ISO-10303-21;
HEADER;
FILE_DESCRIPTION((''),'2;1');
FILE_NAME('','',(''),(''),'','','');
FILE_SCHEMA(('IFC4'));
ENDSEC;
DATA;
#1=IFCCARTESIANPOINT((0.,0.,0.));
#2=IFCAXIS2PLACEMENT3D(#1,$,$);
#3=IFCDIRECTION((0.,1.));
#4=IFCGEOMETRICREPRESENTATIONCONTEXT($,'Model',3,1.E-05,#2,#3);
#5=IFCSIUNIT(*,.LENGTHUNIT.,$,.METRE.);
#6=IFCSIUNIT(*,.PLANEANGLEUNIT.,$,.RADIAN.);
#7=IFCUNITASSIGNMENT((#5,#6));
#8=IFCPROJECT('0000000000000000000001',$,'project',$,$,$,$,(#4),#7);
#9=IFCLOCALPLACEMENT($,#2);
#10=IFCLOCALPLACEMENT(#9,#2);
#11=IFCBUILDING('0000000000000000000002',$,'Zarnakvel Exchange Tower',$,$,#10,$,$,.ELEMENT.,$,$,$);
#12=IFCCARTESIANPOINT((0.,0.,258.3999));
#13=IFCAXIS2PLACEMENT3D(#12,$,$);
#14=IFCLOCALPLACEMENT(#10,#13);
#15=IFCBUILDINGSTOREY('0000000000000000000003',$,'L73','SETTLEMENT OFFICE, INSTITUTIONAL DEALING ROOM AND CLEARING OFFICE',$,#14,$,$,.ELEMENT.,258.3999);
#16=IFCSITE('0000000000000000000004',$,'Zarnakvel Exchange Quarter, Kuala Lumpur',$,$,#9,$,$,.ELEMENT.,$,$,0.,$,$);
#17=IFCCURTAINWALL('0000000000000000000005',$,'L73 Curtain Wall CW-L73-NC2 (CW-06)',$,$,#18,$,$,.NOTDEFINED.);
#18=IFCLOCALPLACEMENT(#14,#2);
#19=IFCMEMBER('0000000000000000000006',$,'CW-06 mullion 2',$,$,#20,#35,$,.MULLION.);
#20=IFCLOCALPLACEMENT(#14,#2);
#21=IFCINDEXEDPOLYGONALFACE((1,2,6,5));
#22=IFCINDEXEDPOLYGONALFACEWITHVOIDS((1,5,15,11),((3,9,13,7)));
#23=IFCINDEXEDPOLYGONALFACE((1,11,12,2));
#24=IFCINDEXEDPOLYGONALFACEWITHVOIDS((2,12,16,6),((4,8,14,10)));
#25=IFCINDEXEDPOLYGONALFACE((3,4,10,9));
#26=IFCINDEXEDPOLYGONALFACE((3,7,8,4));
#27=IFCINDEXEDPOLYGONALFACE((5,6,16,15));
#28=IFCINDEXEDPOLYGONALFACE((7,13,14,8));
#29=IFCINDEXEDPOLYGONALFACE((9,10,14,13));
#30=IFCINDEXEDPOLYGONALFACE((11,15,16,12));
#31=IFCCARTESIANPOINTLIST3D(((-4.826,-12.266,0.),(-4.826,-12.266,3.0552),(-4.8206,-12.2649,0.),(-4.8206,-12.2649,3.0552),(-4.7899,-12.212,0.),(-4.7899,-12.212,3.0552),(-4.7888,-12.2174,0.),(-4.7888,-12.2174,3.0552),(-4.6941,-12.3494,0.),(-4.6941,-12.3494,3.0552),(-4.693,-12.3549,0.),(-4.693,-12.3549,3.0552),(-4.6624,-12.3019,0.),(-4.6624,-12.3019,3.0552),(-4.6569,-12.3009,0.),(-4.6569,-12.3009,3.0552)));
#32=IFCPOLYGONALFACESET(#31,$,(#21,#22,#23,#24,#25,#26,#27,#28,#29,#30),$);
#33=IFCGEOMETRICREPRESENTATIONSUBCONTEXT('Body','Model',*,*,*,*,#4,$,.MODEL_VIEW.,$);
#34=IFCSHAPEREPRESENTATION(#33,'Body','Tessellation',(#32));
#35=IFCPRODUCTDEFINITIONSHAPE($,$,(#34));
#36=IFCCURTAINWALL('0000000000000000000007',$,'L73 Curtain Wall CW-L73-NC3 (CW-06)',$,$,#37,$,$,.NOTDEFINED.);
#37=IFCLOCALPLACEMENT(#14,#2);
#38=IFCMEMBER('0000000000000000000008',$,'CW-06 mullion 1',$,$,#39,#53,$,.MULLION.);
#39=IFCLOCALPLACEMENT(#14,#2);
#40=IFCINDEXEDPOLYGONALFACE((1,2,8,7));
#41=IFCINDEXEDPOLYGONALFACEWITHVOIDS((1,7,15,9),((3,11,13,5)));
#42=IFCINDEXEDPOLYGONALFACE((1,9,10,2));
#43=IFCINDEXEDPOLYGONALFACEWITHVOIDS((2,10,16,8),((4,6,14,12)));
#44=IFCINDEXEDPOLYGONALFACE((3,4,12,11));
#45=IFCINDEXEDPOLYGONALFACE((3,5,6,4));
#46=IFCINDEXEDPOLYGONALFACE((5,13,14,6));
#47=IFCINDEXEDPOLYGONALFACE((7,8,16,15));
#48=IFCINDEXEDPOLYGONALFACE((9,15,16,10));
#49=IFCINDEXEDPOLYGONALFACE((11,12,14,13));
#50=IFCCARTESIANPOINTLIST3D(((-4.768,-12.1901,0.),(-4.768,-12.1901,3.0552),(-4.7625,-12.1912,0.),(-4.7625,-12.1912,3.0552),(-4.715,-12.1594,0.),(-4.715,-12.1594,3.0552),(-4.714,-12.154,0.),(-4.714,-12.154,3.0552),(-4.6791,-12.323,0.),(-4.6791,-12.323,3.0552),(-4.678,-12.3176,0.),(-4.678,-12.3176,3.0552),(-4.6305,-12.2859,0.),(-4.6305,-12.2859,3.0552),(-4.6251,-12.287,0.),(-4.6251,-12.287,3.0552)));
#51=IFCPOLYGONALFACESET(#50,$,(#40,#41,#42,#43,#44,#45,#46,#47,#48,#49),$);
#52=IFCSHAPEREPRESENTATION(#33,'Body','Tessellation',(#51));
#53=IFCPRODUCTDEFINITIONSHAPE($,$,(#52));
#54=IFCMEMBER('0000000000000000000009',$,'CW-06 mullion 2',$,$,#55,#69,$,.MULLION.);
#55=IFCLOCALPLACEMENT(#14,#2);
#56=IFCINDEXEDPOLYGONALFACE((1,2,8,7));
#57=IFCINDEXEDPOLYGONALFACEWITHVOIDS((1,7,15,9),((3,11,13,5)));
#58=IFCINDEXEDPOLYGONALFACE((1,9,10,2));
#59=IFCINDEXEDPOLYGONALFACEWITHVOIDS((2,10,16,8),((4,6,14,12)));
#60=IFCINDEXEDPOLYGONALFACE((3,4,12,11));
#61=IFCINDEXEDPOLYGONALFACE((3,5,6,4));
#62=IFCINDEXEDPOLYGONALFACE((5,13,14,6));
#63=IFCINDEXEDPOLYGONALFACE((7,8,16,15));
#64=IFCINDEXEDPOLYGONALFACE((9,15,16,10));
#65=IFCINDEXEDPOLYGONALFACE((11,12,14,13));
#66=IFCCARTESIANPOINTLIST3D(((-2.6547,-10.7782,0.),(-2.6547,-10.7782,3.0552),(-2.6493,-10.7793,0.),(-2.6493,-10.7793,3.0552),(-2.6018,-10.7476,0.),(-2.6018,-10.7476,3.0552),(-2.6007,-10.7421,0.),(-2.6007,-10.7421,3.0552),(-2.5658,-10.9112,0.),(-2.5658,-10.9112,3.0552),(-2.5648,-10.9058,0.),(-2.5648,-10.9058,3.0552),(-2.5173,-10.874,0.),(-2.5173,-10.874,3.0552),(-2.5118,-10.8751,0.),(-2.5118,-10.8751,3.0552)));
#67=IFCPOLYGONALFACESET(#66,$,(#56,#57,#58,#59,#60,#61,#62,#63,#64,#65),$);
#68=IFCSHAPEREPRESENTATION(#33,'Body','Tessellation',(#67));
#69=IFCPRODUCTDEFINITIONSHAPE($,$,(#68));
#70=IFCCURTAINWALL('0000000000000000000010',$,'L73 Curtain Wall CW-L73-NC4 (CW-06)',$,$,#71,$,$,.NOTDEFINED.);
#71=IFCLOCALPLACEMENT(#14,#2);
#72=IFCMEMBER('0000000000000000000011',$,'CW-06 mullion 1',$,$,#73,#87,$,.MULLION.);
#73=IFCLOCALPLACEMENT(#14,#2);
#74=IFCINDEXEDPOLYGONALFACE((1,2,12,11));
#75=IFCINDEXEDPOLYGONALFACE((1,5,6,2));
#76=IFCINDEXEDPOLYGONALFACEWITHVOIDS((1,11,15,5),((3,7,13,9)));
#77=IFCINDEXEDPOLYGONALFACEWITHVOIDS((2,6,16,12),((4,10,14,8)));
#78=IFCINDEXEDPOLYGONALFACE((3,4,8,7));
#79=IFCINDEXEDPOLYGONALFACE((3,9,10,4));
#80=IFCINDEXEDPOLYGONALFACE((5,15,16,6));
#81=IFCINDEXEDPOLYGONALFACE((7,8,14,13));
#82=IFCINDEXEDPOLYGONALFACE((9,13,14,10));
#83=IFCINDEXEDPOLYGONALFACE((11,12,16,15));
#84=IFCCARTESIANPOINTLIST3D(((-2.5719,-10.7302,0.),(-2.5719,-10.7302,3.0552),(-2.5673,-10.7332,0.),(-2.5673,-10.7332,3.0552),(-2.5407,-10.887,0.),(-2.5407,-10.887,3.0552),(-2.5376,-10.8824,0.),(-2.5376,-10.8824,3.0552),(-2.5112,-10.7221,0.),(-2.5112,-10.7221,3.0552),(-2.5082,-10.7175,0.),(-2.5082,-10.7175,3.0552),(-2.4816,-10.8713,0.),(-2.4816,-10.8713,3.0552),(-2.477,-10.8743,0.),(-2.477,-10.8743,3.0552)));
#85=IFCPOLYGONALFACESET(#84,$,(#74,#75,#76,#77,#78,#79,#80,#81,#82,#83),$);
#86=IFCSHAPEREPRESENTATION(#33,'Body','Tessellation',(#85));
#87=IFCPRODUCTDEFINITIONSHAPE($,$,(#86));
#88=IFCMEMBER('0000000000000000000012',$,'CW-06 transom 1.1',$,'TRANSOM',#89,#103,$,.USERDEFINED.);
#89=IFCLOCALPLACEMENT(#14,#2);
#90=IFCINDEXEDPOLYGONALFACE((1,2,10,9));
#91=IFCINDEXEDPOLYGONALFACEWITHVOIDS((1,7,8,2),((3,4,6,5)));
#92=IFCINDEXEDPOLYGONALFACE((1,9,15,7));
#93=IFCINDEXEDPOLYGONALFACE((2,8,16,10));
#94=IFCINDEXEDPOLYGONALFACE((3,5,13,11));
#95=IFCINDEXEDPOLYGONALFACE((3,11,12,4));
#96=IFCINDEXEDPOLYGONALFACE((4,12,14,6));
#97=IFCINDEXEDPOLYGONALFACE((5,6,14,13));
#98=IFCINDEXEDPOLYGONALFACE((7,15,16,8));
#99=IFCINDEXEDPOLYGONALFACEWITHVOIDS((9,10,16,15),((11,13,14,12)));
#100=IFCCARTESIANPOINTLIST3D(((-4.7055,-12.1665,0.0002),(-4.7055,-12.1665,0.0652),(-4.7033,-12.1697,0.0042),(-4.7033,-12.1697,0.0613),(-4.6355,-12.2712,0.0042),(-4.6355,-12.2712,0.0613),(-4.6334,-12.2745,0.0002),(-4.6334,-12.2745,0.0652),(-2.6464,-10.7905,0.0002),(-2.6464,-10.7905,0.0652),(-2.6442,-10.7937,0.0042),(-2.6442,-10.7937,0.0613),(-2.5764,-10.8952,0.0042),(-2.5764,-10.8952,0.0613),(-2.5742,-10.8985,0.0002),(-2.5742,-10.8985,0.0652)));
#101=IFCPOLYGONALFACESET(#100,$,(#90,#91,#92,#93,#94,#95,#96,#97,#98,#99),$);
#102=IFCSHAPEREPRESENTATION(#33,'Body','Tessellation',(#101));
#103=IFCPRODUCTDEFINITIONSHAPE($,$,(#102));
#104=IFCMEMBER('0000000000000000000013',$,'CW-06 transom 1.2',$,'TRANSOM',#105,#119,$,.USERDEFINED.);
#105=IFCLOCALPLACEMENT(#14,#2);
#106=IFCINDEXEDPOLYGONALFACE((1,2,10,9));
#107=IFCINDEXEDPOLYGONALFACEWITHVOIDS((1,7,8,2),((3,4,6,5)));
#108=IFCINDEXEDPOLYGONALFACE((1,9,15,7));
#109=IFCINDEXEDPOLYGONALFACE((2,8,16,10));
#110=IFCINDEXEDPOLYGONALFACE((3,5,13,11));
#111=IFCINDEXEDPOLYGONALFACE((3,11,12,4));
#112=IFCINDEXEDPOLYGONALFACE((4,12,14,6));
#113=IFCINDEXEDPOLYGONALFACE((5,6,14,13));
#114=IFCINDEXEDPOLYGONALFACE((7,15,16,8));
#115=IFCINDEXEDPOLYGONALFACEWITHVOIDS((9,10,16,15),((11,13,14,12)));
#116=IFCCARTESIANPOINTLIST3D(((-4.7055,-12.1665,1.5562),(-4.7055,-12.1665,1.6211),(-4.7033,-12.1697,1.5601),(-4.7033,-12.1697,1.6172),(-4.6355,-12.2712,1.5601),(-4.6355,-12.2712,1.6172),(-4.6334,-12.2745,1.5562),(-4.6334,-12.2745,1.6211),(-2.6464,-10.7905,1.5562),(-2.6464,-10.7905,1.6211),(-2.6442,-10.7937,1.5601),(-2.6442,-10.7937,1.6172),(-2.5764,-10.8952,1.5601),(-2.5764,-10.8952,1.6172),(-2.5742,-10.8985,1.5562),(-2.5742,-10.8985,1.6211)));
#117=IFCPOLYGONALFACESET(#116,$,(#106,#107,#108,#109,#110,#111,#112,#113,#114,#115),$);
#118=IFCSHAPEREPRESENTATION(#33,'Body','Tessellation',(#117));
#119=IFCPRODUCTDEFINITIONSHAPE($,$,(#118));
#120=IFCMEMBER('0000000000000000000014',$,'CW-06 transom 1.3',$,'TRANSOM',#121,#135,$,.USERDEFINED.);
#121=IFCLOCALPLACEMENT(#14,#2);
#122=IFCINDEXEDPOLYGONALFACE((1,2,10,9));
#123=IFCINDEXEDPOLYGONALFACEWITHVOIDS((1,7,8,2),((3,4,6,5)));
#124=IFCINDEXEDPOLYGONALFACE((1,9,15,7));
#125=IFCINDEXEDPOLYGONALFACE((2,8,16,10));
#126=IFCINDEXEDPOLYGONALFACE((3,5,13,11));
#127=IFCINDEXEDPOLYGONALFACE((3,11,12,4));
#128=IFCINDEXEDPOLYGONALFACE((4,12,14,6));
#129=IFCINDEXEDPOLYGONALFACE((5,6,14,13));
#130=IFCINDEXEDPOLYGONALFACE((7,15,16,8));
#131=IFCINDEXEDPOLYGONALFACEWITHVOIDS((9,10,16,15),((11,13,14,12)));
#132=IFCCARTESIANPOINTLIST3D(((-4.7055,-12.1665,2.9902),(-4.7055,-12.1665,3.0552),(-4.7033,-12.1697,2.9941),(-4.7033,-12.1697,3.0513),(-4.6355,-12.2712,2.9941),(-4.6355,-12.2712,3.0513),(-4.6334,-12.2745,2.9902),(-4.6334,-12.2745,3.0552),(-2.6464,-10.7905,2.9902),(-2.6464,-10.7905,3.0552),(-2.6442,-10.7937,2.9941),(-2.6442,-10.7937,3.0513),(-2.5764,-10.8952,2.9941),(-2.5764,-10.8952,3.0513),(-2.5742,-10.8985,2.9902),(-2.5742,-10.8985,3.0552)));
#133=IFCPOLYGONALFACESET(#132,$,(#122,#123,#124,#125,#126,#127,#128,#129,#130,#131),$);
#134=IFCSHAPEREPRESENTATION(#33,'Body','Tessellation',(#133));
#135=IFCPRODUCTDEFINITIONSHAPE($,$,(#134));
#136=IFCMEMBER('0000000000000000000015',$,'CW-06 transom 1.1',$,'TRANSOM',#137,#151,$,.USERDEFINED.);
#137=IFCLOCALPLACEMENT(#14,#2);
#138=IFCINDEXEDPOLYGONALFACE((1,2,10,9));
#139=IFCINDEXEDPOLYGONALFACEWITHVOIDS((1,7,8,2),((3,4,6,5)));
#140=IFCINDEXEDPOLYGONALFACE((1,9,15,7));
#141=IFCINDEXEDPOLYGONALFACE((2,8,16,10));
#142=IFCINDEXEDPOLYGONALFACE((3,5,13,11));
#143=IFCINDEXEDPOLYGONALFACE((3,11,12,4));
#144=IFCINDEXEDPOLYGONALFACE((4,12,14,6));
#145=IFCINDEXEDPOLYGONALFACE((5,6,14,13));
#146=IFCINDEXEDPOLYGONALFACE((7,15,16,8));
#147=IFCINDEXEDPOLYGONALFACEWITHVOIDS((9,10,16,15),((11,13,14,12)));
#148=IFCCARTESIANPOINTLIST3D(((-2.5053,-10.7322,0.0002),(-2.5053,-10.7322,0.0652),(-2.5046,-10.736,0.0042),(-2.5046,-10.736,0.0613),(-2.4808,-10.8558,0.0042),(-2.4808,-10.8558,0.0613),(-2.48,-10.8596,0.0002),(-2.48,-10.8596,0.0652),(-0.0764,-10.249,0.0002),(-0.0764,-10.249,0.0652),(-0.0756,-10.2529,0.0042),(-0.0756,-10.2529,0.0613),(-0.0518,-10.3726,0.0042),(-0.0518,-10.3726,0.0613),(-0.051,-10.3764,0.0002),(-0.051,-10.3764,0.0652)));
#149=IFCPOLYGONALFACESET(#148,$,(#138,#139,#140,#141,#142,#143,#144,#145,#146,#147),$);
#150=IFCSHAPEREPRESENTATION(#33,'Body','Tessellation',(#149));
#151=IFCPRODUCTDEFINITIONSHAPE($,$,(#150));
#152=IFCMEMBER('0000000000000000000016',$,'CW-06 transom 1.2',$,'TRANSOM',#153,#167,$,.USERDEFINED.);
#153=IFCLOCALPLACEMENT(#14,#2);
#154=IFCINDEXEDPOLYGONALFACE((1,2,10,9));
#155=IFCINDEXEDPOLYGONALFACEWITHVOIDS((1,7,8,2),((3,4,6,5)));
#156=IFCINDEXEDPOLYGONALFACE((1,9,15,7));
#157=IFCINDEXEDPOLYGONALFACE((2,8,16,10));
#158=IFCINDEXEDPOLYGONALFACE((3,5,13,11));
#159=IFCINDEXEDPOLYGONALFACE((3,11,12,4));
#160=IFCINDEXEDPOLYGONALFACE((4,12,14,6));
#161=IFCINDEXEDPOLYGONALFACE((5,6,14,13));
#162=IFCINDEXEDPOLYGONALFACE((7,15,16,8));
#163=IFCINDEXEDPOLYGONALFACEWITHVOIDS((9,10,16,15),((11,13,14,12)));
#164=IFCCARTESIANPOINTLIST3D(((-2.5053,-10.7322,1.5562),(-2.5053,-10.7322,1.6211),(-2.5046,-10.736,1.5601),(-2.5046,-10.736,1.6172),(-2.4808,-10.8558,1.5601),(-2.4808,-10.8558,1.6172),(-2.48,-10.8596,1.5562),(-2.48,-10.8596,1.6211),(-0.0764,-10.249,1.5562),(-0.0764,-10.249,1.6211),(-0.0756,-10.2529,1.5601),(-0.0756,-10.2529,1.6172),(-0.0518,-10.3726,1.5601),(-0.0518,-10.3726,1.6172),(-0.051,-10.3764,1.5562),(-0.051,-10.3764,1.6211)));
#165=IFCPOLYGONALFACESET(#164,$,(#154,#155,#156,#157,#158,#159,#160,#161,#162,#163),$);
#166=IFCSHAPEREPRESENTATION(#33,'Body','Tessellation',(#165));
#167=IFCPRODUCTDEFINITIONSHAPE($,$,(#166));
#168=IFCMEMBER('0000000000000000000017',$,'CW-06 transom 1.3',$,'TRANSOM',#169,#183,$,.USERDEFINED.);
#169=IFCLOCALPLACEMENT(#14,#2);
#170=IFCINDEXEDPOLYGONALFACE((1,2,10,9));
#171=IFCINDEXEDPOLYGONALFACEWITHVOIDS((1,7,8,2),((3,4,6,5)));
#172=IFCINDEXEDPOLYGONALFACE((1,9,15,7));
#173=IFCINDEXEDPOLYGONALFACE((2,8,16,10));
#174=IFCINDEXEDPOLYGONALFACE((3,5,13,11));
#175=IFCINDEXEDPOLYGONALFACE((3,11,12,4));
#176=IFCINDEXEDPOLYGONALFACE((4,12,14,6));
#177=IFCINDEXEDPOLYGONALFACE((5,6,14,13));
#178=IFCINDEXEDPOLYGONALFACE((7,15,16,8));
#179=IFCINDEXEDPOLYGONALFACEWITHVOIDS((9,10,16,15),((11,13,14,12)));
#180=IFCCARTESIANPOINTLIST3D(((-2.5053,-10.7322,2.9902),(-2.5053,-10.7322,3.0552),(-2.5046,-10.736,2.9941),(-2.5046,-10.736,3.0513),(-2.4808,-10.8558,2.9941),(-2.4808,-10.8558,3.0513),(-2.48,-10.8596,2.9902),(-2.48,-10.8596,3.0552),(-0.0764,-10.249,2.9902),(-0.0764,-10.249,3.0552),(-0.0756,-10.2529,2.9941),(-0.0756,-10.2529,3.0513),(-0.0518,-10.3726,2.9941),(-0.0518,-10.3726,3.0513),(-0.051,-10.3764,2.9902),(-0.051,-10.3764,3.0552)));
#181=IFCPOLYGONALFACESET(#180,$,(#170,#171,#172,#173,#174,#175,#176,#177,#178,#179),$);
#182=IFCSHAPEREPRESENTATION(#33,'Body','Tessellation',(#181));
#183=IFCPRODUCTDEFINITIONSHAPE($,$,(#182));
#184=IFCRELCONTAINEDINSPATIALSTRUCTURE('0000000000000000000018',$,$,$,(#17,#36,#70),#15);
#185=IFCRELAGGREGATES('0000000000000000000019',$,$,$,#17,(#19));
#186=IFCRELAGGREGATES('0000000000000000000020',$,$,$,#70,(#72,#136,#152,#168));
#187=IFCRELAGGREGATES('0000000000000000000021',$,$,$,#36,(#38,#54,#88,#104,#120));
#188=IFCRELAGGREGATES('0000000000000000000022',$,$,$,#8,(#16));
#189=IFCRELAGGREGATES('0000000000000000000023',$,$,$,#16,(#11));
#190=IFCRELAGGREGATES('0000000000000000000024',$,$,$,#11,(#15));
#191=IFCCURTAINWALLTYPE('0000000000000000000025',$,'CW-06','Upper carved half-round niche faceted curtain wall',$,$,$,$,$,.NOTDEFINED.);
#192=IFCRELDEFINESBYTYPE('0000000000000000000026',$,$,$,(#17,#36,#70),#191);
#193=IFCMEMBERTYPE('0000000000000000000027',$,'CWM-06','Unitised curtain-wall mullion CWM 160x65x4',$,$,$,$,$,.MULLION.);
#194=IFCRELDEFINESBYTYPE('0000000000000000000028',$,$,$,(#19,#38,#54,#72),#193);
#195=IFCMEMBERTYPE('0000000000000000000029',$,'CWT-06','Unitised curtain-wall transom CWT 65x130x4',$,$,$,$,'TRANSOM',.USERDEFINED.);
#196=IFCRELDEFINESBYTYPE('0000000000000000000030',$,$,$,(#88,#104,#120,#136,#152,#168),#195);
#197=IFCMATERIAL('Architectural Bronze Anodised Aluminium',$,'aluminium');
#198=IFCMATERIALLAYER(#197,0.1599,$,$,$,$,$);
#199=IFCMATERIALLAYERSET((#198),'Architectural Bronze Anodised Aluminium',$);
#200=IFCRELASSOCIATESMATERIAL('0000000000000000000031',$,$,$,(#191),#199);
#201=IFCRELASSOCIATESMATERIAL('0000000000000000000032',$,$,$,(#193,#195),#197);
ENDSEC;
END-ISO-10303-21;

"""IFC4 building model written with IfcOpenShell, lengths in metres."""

from ifc_helpers import new_model, si_unit, direction, frame, origin, origin_2d, place, context, subcontext, project, spatial, hollow_rectangle, extrude, source, transform, mapped, material, layer, layer_set, material_profile, profile_set, type_object, element, aggregate, save


model = new_model("IFC4")

# Units and contexts
model_context = context("Model", 3, precision=1e-05, world=origin(), true_north=direction((0.0, 1.0)))
body_context = subcontext(model_context, "Body", "Model", "MODEL_VIEW")
ifc_project = project(units=[si_unit("LENGTHUNIT", "METRE"), si_unit("PLANEANGLEUNIT", "RADIAN")], contexts=[model_context])

# Site, building, storey
site_placement = place(None, origin())
site = spatial("IfcSite", under=ifc_project, at=site_placement, Name="Zarnakvel Exchange Quarter, Kuala Lumpur", CompositionType="ELEMENT", RefElevation=0.0)
building_placement = place(site_placement, origin())
building = spatial("IfcBuilding", under=site, at=building_placement, Name="Zarnakvel Exchange Tower", CompositionType="ELEMENT")
storey_placement = place(building_placement, frame((0.0, 0.0, 258.3999)))
storey = spatial("IfcBuildingStorey", under=building, at=storey_placement, Name="L73", Description="SETTLEMENT OFFICE, INSTITUTIONAL DEALING ROOM AND CLEARING OFFICE", CompositionType="ELEMENT", Elevation=258.3999)

# Curtain wall, member
ifc_material_1 = material(Name="Architectural Bronze Anodised Aluminium", Category="aluminium")
ifc_layer_1 = layer(ifc_material_1, 0.1599)
ifc_layer_set_1 = layer_set([ifc_layer_1], Name="Architectural Bronze Anodised Aluminium")
curtain_wall_type = type_object("IfcCurtainWallType", Name="CW-06", Description="Upper carved half-round niche faceted curtain wall", PredefinedType="NOTDEFINED", material=ifc_layer_set_1)
curtain_wall_1_placement = place(storey_placement, origin())
curtain_wall_1 = element("IfcCurtainWall", 1, at=curtain_wall_1_placement, inside=storey, type_object=curtain_wall_type, Name="L73 Curtain Wall CW-L73-NC2 (CW-06)", PredefinedType="NOTDEFINED")
ifc_material_profile_1 = material_profile(ifc_material_1, hollow_rectangle(XDim=0.1599, YDim=0.0649, WallThickness=0.0039, at=origin_2d()))
ifc_profile_set_1 = profile_set([ifc_material_profile_1], Name="Architectural Bronze Anodised Aluminium")
member_type_1 = type_object("IfcMemberType", Name="CWM-06", Description="Unitised curtain-wall mullion CWM 160x65x4", PredefinedType="MULLION", material=ifc_profile_set_1)
shared_shape_1 = source(origin(), body_context, "Body", "SweptSolid", [
    extrude(hollow_rectangle(XDim=0.1599, YDim=0.0649, WallThickness=0.0039, at=origin_2d()), origin(), (0.0, 0.0, 1.0), 3.0552),
])
member_1_placement = place(storey_placement, frame((-4.7415, -12.2834, 0.0), z_axis=(0.0, 0.0, 1.0), x_axis=(-0.83147, 0.55557, 0.0)))
member_1 = element("IfcMember", 2, at=member_1_placement, type_object=member_type_1, Name="CW-06 mullion 2", PredefinedType="MULLION", context=body_context, shape_type="MappedRepresentation", body=[
    mapped(shared_shape_1, transform((0.0, 0.0, 0.0), x_axis=(1.0, 0.0, 0.0), y_axis=(0.0, 1.0, 0.0), z_axis=(0.0, 0.0, 1.0), scale=1.0)),
])
aggregate(curtain_wall_1, [member_1])

# Curtain wall, members
curtain_wall_2_placement = place(storey_placement, origin())
curtain_wall_2 = element("IfcCurtainWall", 3, at=curtain_wall_2_placement, inside=storey, type_object=curtain_wall_type, Name="L73 Curtain Wall CW-L73-NC3 (CW-06)", PredefinedType="NOTDEFINED")
member_2_placement = place(storey_placement, frame((-4.6965, -12.2385, 0.0), z_axis=(0.0, 0.0, 1.0), x_axis=(-0.55557, 0.83147, 0.0)))
member_2 = element("IfcMember", 4, at=member_2_placement, type_object=member_type_1, Name="CW-06 mullion 1", PredefinedType="MULLION", context=body_context, shape_type="MappedRepresentation", body=[
    mapped(shared_shape_1, transform((0.0, 0.0, 0.0), x_axis=(1.0, 0.0, 0.0), y_axis=(0.0, 1.0, 0.0), z_axis=(0.0, 0.0, 1.0), scale=1.0)),
])
member_3_placement = place(storey_placement, frame((-2.5833, -10.8267, 0.0), z_axis=(0.0, 0.0, 1.0), x_axis=(-0.55557, 0.83147, 0.0)))
member_3 = element("IfcMember", 5, at=member_3_placement, type_object=member_type_1, Name="CW-06 mullion 2", PredefinedType="MULLION", context=body_context, shape_type="MappedRepresentation", body=[
    mapped(shared_shape_1, transform((0.0, 0.0, 0.0), x_axis=(1.0, 0.0, 0.0), y_axis=(0.0, 1.0, 0.0), z_axis=(0.0, 0.0, 1.0), scale=1.0)),
])

# Curtain wall, member
curtain_wall_3_placement = place(storey_placement, origin())
curtain_wall_3 = element("IfcCurtainWall", 6, at=curtain_wall_3_placement, inside=storey, type_object=curtain_wall_type, Name="L73 Curtain Wall CW-L73-NC4 (CW-06)", PredefinedType="NOTDEFINED")
member_4_placement = place(storey_placement, frame((-2.5244, -10.8022, 0.0), z_axis=(0.0, 0.0, 1.0), x_axis=(-0.19509, 0.980785, 0.0)))
member_4 = element("IfcMember", 7, at=member_4_placement, type_object=member_type_1, Name="CW-06 mullion 1", PredefinedType="MULLION", context=body_context, shape_type="MappedRepresentation", body=[
    mapped(shared_shape_1, transform((0.0, 0.0, 0.0), x_axis=(1.0, 0.0, 0.0), y_axis=(0.0, 1.0, 0.0), z_axis=(0.0, 0.0, 1.0), scale=1.0)),
])

# Members
ifc_material_profile_2 = material_profile(ifc_material_1, hollow_rectangle(XDim=0.1299, YDim=0.0649, WallThickness=0.0039, at=origin_2d()))
ifc_profile_set_2 = profile_set([ifc_material_profile_2], Name="Architectural Bronze Anodised Aluminium")
member_type_2 = type_object("IfcMemberType", Name="CWT-06", Description="Unitised curtain-wall transom CWT 65x130x4", ElementType="TRANSOM", PredefinedType="USERDEFINED", material=ifc_profile_set_2)
shared_shape_2 = source(origin(), body_context, "Body", "SweptSolid", [
    extrude(hollow_rectangle(XDim=0.1299, YDim=0.0649, WallThickness=0.0039, at=origin_2d()), origin(), (0.0, 0.0, 1.0), 2.4766),
])
member_5_placement = place(storey_placement, frame((-4.6694, -12.2205, 0.0327), z_axis=(0.831443, 0.55561, 0.0), x_axis=(-0.55561, 0.831443, 0.0)))
member_5 = element("IfcMember", 8, at=member_5_placement, type_object=member_type_2, Name="CW-06 transom 1.1", ObjectType="TRANSOM", PredefinedType="USERDEFINED", context=body_context, shape_type="MappedRepresentation", body=[
    mapped(shared_shape_2, transform((0.0, 0.0, 0.0), x_axis=(1.0, 0.0, 0.0), y_axis=(0.0, 1.0, 0.0), z_axis=(0.0, 0.0, 1.0), scale=1.0)),
])
member_6_placement = place(storey_placement, frame((-4.6694, -12.2205, 1.5886), z_axis=(0.831443, 0.55561, 0.0), x_axis=(-0.55561, 0.831443, 0.0)))
member_6 = element("IfcMember", 9, at=member_6_placement, type_object=member_type_2, Name="CW-06 transom 1.2", ObjectType="TRANSOM", PredefinedType="USERDEFINED", context=body_context, shape_type="MappedRepresentation", body=[
    mapped(shared_shape_2, transform((0.0, 0.0, 0.0), x_axis=(1.0, 0.0, 0.0), y_axis=(0.0, 1.0, 0.0), z_axis=(0.0, 0.0, 1.0), scale=1.0)),
])
member_7_placement = place(storey_placement, frame((-4.6694, -12.2205, 3.0227), z_axis=(0.831443, 0.55561, 0.0), x_axis=(-0.55561, 0.831443, 0.0)))
member_7 = element("IfcMember", 10, at=member_7_placement, type_object=member_type_2, Name="CW-06 transom 1.3", ObjectType="TRANSOM", PredefinedType="USERDEFINED", context=body_context, shape_type="MappedRepresentation", body=[
    mapped(shared_shape_2, transform((0.0, 0.0, 0.0), x_axis=(1.0, 0.0, 0.0), y_axis=(0.0, 1.0, 0.0), z_axis=(0.0, 0.0, 1.0), scale=1.0)),
])
member_8_placement = place(storey_placement, frame((-2.4927, -10.7959, 0.0327), z_axis=(0.980785, 0.195092, 0.0), x_axis=(-0.195092, 0.980785, 0.0)))
member_8 = element("IfcMember", 11, at=member_8_placement, type_object=member_type_2, Name="CW-06 transom 1.1", ObjectType="TRANSOM", PredefinedType="USERDEFINED", context=body_context, shape_type="MappedRepresentation", body=[
    mapped(shared_shape_2, transform((0.0, 0.0, 0.0), x_axis=(1.0, 0.0, 0.0), y_axis=(0.0, 1.0, 0.0), z_axis=(0.0, 0.0, 1.0), scale=1.0)),
])
member_9_placement = place(storey_placement, frame((-2.4927, -10.7959, 1.5886), z_axis=(0.980785, 0.195092, 0.0), x_axis=(-0.195092, 0.980785, 0.0)))
member_9 = element("IfcMember", 12, at=member_9_placement, type_object=member_type_2, Name="CW-06 transom 1.2", ObjectType="TRANSOM", PredefinedType="USERDEFINED", context=body_context, shape_type="MappedRepresentation", body=[
    mapped(shared_shape_2, transform((0.0, 0.0, 0.0), x_axis=(1.0, 0.0, 0.0), y_axis=(0.0, 1.0, 0.0), z_axis=(0.0, 0.0, 1.0), scale=1.0)),
])
member_10_placement = place(storey_placement, frame((-2.4927, -10.7959, 3.0227), z_axis=(0.980785, 0.195092, 0.0), x_axis=(-0.195092, 0.980785, 0.0)))
member_10 = element("IfcMember", 13, at=member_10_placement, type_object=member_type_2, Name="CW-06 transom 1.3", ObjectType="TRANSOM", PredefinedType="USERDEFINED", context=body_context, shape_type="MappedRepresentation", body=[
    mapped(shared_shape_2, transform((0.0, 0.0, 0.0), x_axis=(1.0, 0.0, 0.0), y_axis=(0.0, 1.0, 0.0), z_axis=(0.0, 0.0, 1.0), scale=1.0)),
])
aggregate(curtain_wall_3, [member_4, member_8, member_9, member_10])

aggregate(curtain_wall_2, [member_2, member_3, member_5, member_6, member_7])

save(model, "model.ifc")
